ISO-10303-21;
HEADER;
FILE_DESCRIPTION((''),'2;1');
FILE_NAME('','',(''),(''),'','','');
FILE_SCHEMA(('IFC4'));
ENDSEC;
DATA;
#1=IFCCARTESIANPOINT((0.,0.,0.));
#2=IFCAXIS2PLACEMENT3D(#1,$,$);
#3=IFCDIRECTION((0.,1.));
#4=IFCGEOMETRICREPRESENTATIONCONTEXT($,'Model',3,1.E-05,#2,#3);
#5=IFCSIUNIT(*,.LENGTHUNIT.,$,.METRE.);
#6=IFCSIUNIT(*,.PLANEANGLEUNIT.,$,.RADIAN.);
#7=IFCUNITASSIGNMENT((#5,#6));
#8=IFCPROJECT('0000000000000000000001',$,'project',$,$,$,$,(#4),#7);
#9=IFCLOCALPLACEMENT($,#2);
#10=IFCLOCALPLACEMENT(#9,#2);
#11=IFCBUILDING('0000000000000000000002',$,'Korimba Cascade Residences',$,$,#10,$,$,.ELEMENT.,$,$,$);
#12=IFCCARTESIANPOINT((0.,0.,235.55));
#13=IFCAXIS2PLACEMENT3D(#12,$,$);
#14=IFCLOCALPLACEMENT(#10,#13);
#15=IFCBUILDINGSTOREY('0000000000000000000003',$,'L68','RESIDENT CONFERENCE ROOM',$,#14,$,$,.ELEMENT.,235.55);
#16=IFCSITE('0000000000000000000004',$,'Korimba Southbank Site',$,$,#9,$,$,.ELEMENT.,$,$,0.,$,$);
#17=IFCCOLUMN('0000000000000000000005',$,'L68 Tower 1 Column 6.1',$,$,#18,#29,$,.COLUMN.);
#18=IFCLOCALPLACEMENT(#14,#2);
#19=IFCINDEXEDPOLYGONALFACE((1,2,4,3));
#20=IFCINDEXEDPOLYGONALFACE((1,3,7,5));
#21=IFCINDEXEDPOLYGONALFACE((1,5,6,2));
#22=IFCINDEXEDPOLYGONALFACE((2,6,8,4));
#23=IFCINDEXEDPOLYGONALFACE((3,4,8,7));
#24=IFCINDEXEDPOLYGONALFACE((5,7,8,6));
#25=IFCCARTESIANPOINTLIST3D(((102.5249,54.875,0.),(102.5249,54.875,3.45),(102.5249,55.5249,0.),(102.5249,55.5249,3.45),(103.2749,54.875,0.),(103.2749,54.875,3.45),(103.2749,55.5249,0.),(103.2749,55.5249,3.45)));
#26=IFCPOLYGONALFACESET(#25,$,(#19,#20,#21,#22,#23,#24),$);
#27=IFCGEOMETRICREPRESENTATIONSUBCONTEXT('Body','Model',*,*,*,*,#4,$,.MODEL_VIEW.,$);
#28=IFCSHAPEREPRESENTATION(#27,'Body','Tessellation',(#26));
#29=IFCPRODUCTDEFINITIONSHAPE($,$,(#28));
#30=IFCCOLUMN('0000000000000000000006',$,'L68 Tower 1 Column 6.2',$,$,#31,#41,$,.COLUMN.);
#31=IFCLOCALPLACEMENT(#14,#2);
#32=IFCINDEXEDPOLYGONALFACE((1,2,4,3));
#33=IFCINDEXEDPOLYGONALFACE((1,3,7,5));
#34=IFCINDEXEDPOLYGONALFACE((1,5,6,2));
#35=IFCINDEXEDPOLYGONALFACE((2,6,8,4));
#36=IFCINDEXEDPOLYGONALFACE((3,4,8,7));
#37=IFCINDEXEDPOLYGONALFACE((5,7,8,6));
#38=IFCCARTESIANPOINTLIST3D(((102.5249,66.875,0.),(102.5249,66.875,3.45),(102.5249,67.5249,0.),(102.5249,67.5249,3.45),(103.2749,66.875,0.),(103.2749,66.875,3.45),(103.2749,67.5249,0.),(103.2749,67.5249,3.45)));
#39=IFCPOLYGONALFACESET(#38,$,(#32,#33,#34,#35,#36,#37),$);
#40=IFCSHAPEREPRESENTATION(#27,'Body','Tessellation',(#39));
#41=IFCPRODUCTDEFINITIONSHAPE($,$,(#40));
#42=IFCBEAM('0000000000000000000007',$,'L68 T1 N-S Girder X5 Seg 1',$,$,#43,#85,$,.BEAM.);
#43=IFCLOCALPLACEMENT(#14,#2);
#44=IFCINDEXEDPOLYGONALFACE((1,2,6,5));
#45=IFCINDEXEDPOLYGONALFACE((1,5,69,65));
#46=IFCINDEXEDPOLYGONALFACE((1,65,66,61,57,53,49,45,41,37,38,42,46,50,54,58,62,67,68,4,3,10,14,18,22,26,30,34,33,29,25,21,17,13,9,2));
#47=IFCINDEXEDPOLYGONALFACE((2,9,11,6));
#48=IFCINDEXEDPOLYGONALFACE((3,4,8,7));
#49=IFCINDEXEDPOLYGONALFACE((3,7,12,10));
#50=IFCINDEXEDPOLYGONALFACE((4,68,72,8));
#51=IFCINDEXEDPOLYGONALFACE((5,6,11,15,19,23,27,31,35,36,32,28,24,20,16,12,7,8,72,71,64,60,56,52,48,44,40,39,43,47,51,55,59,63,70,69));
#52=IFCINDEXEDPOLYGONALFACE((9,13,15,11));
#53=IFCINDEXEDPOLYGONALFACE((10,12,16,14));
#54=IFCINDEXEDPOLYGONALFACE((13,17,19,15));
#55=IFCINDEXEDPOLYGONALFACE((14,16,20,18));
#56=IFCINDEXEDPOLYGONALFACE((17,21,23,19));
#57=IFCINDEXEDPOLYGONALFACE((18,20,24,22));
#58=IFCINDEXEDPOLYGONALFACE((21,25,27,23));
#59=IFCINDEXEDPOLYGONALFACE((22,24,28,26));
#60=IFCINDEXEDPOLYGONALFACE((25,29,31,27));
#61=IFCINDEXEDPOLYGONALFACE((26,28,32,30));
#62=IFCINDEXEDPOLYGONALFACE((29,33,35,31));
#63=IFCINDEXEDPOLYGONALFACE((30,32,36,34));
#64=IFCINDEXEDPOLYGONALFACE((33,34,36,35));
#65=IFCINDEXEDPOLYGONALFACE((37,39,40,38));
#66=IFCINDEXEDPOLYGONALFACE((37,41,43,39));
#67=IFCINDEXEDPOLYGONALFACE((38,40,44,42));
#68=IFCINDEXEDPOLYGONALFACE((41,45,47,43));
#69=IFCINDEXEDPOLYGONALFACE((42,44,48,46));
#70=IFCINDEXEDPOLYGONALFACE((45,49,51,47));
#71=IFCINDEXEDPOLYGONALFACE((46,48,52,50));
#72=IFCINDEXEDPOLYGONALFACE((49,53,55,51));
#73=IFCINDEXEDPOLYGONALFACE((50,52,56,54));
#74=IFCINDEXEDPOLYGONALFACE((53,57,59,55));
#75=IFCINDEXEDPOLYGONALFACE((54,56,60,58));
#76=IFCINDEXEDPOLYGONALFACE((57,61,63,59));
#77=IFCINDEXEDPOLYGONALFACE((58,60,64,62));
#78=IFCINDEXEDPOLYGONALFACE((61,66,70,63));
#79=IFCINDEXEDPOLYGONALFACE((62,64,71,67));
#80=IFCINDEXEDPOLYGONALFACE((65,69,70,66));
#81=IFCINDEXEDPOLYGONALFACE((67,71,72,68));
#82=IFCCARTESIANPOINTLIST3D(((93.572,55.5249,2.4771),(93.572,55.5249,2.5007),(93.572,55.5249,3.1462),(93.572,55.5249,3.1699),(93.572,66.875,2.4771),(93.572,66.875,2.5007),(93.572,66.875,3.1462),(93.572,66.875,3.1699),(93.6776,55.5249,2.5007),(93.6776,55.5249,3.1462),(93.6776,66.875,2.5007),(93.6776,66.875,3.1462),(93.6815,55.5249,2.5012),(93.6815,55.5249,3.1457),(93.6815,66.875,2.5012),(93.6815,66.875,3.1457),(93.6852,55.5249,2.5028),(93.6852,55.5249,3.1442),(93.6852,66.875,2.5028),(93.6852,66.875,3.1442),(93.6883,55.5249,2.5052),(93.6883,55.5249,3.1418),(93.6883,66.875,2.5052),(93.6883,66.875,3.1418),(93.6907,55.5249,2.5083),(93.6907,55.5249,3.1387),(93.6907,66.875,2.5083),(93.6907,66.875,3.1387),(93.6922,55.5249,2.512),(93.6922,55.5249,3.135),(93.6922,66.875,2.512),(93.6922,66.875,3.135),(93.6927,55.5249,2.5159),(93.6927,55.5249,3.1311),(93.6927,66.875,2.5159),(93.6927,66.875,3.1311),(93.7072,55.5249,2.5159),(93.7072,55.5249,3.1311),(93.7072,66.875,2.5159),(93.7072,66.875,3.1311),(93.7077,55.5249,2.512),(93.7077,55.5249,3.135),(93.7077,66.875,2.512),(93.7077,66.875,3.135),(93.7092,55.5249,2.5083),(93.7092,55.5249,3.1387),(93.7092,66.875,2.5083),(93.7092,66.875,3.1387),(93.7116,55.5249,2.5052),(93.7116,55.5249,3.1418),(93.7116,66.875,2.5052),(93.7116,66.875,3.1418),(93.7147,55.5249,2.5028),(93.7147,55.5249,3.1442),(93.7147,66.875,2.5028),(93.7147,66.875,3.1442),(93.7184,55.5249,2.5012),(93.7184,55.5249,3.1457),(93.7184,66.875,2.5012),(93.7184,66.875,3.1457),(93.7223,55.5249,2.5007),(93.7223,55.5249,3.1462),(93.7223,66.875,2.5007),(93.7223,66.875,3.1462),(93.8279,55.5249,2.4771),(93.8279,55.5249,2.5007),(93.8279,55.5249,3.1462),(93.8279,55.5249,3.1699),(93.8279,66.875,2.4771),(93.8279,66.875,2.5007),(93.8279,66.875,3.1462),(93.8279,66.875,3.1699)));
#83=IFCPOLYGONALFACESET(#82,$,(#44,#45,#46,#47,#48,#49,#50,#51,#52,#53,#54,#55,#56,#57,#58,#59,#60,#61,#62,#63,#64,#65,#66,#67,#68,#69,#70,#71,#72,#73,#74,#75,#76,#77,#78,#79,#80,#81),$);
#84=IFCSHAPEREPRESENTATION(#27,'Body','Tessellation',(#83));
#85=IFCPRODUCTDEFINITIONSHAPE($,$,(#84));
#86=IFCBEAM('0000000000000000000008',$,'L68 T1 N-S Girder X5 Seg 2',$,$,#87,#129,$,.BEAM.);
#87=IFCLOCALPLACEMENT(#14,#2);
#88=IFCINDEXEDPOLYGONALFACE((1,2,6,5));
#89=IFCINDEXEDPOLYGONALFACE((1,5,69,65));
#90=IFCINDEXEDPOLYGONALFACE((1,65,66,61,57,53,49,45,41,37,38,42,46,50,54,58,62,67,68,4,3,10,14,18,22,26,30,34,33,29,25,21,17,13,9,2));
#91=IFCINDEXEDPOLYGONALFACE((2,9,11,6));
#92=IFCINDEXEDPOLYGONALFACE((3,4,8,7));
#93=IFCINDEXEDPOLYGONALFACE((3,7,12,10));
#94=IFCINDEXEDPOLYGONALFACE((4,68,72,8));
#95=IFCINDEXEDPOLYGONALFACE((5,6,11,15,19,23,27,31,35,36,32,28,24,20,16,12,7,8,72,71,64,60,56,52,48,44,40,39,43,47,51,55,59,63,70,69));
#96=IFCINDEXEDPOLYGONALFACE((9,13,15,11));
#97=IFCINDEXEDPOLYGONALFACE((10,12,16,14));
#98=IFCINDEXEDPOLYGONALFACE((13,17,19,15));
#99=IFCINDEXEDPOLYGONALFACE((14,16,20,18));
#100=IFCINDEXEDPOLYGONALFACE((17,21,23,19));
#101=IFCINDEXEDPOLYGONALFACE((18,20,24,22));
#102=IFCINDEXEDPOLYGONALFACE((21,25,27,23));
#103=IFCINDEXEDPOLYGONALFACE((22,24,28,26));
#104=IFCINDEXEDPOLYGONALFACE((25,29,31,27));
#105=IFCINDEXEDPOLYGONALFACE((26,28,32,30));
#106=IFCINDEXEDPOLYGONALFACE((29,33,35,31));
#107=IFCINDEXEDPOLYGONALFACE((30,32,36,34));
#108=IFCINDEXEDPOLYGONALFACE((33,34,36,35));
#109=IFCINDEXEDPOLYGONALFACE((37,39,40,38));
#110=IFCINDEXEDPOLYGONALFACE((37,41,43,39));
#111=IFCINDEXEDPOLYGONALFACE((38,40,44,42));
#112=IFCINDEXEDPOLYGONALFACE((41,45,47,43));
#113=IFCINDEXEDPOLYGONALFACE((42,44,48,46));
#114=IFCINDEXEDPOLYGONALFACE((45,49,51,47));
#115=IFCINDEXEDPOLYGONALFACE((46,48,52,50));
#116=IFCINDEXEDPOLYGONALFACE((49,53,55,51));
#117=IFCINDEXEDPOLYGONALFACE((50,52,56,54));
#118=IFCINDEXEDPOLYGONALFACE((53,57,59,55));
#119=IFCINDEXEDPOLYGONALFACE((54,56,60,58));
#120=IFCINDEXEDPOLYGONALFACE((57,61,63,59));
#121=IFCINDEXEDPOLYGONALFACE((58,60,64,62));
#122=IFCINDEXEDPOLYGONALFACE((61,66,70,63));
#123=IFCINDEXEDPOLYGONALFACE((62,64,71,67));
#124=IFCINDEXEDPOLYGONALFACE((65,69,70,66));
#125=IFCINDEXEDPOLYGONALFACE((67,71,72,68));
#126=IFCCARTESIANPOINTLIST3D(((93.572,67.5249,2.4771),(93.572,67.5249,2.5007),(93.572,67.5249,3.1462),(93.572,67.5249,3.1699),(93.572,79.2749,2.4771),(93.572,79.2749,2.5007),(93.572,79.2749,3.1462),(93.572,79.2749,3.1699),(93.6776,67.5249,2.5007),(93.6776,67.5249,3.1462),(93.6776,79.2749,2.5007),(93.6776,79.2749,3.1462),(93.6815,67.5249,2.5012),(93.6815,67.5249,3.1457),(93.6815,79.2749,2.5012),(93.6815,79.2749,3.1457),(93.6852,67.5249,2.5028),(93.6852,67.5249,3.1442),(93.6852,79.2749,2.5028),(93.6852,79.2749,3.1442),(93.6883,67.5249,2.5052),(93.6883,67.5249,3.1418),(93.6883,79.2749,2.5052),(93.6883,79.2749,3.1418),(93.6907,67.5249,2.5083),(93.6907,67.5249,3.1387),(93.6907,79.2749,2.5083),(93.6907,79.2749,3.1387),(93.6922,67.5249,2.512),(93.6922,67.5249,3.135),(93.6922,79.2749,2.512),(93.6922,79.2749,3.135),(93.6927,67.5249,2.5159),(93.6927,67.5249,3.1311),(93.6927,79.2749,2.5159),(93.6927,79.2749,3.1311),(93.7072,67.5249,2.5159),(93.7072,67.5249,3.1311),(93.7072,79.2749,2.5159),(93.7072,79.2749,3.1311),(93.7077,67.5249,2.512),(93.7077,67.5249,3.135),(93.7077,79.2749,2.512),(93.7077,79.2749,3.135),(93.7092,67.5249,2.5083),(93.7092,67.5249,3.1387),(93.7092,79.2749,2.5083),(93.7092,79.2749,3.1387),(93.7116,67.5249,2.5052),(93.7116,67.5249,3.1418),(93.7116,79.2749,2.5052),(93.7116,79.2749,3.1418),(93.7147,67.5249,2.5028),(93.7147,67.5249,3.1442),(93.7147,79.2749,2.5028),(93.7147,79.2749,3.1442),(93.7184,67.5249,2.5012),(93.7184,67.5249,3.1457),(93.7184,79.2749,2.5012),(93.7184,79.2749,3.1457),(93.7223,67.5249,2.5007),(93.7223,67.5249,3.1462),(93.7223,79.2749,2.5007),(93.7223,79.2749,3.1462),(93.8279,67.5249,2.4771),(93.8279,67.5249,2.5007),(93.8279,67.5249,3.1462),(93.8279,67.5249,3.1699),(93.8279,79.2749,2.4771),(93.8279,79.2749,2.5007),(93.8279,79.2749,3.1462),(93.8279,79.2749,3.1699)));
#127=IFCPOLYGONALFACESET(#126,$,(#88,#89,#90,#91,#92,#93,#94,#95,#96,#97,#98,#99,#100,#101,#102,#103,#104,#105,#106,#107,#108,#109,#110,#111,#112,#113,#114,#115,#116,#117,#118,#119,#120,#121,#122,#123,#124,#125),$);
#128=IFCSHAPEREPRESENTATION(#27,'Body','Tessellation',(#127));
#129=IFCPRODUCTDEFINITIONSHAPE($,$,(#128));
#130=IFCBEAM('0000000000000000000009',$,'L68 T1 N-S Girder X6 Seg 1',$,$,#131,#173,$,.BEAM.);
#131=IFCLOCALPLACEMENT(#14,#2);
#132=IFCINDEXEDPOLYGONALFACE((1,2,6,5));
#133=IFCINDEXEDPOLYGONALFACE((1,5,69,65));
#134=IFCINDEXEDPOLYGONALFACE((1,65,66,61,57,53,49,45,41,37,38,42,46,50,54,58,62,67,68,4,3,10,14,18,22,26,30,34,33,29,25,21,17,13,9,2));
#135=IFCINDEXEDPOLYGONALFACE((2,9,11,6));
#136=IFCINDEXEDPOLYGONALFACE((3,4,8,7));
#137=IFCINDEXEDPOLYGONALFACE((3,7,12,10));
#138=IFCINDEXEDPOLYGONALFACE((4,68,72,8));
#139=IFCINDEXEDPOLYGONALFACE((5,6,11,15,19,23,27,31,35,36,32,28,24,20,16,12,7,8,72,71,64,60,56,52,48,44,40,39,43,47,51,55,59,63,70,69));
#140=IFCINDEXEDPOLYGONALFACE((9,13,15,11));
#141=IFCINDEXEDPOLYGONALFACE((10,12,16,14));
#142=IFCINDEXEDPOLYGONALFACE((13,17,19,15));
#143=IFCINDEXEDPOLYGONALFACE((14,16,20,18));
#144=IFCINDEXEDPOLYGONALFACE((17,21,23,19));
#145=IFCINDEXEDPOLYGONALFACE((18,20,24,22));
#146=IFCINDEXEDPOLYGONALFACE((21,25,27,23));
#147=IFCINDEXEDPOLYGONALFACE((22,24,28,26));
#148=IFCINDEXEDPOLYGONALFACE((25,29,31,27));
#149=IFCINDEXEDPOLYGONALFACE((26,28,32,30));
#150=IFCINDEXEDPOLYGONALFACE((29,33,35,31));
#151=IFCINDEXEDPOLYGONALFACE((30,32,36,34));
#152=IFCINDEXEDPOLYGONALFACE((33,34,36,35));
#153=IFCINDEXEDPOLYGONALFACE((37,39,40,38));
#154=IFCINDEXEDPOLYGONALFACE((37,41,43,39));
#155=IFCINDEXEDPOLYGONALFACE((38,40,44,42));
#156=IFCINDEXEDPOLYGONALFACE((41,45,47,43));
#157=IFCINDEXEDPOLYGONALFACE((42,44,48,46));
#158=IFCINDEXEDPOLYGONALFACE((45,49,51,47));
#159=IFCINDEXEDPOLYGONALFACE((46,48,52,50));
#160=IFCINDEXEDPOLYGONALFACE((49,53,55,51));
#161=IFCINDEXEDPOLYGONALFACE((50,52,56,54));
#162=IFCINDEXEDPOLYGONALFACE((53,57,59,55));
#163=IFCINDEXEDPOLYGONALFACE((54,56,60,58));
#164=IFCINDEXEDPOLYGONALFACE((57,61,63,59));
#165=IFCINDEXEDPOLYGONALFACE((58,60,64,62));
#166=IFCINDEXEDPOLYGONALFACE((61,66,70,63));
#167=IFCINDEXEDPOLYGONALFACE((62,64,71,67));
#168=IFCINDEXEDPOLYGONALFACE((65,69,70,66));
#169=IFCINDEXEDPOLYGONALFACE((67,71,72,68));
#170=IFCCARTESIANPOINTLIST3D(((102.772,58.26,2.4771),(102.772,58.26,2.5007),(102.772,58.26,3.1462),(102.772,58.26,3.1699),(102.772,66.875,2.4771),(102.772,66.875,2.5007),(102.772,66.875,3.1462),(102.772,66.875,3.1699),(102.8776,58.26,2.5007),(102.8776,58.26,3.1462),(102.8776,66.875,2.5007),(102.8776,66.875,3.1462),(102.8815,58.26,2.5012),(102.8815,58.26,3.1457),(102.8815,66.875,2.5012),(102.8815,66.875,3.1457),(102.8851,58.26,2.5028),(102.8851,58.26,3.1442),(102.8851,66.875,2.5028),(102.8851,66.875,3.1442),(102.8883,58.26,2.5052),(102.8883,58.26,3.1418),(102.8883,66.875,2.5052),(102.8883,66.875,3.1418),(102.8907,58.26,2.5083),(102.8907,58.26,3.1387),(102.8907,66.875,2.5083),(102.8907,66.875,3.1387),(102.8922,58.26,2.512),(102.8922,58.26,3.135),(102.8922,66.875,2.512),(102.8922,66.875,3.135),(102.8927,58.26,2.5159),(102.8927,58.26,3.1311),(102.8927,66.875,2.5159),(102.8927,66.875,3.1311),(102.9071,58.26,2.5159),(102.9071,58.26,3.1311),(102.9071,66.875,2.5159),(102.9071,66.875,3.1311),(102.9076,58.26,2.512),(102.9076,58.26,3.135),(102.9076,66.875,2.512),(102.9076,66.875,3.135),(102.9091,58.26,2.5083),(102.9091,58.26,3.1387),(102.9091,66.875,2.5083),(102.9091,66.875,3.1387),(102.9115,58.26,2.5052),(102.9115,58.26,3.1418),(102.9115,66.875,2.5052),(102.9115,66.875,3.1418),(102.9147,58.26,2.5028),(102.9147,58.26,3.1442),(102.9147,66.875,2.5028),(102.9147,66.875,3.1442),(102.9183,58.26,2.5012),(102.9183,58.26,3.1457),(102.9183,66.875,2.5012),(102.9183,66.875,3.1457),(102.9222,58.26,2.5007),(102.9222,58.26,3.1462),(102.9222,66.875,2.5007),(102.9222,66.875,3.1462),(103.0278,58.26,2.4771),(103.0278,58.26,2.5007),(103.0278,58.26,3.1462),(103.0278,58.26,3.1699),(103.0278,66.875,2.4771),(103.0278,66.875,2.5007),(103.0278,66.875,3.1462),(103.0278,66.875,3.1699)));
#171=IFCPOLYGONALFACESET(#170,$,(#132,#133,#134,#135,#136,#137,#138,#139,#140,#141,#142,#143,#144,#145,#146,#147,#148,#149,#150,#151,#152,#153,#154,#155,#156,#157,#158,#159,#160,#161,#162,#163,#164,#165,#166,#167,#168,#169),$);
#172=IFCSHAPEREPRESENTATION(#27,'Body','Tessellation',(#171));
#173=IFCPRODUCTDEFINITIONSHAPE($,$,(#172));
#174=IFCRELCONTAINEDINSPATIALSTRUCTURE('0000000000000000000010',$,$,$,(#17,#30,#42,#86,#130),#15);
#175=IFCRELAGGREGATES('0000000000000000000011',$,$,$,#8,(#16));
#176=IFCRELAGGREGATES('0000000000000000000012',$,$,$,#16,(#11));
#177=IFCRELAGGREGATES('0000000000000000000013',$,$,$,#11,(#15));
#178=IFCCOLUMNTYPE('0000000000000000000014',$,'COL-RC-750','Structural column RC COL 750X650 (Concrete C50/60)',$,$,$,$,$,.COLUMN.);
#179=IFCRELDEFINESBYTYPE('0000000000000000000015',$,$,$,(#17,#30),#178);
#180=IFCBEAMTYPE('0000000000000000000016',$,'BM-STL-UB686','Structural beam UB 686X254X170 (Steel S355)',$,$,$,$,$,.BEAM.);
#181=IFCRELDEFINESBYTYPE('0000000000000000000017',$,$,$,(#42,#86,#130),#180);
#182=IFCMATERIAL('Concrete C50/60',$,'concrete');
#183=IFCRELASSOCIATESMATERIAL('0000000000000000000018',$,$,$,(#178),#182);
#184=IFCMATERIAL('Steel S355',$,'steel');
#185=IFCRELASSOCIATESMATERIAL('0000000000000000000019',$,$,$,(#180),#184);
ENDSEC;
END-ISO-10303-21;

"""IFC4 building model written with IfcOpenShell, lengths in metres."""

from ifc_helpers import new_model, si_unit, direction, frame, origin, origin_2d, place, context, subcontext, project, spatial, rectangle, i_section, extrude, material, material_profile, profile_set, type_object, element, save


model = new_model("IFC4")

# Units and contexts
model_context = context("Model", 3, precision=1e-05, world=origin(), true_north=direction((0.0, 1.0)))
body_context = subcontext(model_context, "Body", "Model", "MODEL_VIEW")
ifc_project = project(units=[si_unit("LENGTHUNIT", "METRE"), si_unit("PLANEANGLEUNIT", "RADIAN")], contexts=[model_context])

# Site, building, storey
site_placement = place(None, origin())
site = spatial("IfcSite", under=ifc_project, at=site_placement, Name="Korimba Southbank Site", CompositionType="ELEMENT", RefElevation=0.0)
building_placement = place(site_placement, origin())
building = spatial("IfcBuilding", under=site, at=building_placement, Name="Korimba Cascade Residences", CompositionType="ELEMENT")
storey_placement = place(building_placement, frame((0.0, 0.0, 235.55)))
storey = spatial("IfcBuildingStorey", under=building, at=storey_placement, Name="L68", Description="RESIDENT CONFERENCE ROOM", CompositionType="ELEMENT", Elevation=235.55)

# Columns
ifc_material_1 = material(Name="Concrete C50/60", Category="concrete")
ifc_material_profile_1 = material_profile(ifc_material_1, rectangle(XDim=0.75, YDim=0.6499, at=origin_2d()), Name="Concrete C50/60")
ifc_profile_set_1 = profile_set([ifc_material_profile_1], Name="Concrete C50/60")
column_type = type_object("IfcColumnType", Name="COL-RC-750", Description="Structural column RC COL 750X650 (Concrete C50/60)", PredefinedType="COLUMN", material=ifc_profile_set_1)
for number, where, z_axis, x_axis, name in (
    (1, (102.8999, 55.2, 0.0), (0.0, 0.0, 1.0), (1.0, 0.0, 0.0), "L68 Tower 1 Column 6.1"),
    (2, (102.8999, 67.2, 0.0), (0.0, 0.0, 1.0), (1.0, 0.0, 0.0), "L68 Tower 1 Column 6.2"),
):
    element("IfcColumn", number, at=place(storey_placement, frame(where, z_axis=z_axis, x_axis=x_axis)), inside=storey, type_object=column_type, Name=name, PredefinedType="COLUMN", context=body_context, shape_type="SweptSolid", body=[
        extrude(rectangle(XDim=0.75, YDim=0.6499, at=origin_2d()), origin(), (0.0, 0.0, 1.0), 3.45),
    ])

# Beams
ifc_material_2 = material(Name="Steel S355", Category="steel")
ifc_material_profile_2 = material_profile(ifc_material_2, i_section(OverallWidth=0.2559, OverallDepth=0.6929, WebThickness=0.0144, FlangeThickness=0.0237, FilletRadius=0.0151, at=origin_2d()), Name="Steel S355")
ifc_profile_set_2 = profile_set([ifc_material_profile_2], Name="Steel S355")
beam_type = type_object("IfcBeamType", Name="BM-STL-UB686", Description="Structural beam UB 686X254X170 (Steel S355)", PredefinedType="BEAM", material=ifc_profile_set_2)
beam_1_placement = place(storey_placement, frame((93.7, 55.5249, 2.8235), z_axis=(0.0, 1.0, 0.0), x_axis=(-1.0, 0.0, 0.0)))
element("IfcBeam", 3, at=beam_1_placement, inside=storey, type_object=beam_type, Name="L68 T1 N-S Girder X5 Seg 1", PredefinedType="BEAM", context=body_context, shape_type="SweptSolid", body=[
    extrude(i_section(OverallWidth=0.2559, OverallDepth=0.6929, WebThickness=0.0144, FlangeThickness=0.0237, FilletRadius=0.0151, at=origin_2d()), origin(), (0.0, 0.0, 1.0), 11.3501),
])
beam_2_placement = place(storey_placement, frame((93.7, 67.5249, 2.8235), z_axis=(0.0, 1.0, 0.0), x_axis=(-1.0, 0.0, 0.0)))
element("IfcBeam", 4, at=beam_2_placement, inside=storey, type_object=beam_type, Name="L68 T1 N-S Girder X5 Seg 2", PredefinedType="BEAM", context=body_context, shape_type="SweptSolid", body=[
    extrude(i_section(OverallWidth=0.2559, OverallDepth=0.6929, WebThickness=0.0144, FlangeThickness=0.0237, FilletRadius=0.0151, at=origin_2d()), origin(), (0.0, 0.0, 1.0), 11.75),
])
beam_3_placement = place(storey_placement, frame((102.8999, 58.26, 2.8235), z_axis=(0.0, 1.0, 0.0), x_axis=(-1.0, 0.0, 0.0)))
element("IfcBeam", 5, at=beam_3_placement, inside=storey, type_object=beam_type, Name="L68 T1 N-S Girder X6 Seg 1", PredefinedType="BEAM", context=body_context, shape_type="SweptSolid", body=[
    extrude(i_section(OverallWidth=0.2559, OverallDepth=0.6929, WebThickness=0.0144, FlangeThickness=0.0237, FilletRadius=0.0151, at=origin_2d()), origin(), (0.0, 0.0, 1.0), 8.615),
])

save(model, "model.ifc")
